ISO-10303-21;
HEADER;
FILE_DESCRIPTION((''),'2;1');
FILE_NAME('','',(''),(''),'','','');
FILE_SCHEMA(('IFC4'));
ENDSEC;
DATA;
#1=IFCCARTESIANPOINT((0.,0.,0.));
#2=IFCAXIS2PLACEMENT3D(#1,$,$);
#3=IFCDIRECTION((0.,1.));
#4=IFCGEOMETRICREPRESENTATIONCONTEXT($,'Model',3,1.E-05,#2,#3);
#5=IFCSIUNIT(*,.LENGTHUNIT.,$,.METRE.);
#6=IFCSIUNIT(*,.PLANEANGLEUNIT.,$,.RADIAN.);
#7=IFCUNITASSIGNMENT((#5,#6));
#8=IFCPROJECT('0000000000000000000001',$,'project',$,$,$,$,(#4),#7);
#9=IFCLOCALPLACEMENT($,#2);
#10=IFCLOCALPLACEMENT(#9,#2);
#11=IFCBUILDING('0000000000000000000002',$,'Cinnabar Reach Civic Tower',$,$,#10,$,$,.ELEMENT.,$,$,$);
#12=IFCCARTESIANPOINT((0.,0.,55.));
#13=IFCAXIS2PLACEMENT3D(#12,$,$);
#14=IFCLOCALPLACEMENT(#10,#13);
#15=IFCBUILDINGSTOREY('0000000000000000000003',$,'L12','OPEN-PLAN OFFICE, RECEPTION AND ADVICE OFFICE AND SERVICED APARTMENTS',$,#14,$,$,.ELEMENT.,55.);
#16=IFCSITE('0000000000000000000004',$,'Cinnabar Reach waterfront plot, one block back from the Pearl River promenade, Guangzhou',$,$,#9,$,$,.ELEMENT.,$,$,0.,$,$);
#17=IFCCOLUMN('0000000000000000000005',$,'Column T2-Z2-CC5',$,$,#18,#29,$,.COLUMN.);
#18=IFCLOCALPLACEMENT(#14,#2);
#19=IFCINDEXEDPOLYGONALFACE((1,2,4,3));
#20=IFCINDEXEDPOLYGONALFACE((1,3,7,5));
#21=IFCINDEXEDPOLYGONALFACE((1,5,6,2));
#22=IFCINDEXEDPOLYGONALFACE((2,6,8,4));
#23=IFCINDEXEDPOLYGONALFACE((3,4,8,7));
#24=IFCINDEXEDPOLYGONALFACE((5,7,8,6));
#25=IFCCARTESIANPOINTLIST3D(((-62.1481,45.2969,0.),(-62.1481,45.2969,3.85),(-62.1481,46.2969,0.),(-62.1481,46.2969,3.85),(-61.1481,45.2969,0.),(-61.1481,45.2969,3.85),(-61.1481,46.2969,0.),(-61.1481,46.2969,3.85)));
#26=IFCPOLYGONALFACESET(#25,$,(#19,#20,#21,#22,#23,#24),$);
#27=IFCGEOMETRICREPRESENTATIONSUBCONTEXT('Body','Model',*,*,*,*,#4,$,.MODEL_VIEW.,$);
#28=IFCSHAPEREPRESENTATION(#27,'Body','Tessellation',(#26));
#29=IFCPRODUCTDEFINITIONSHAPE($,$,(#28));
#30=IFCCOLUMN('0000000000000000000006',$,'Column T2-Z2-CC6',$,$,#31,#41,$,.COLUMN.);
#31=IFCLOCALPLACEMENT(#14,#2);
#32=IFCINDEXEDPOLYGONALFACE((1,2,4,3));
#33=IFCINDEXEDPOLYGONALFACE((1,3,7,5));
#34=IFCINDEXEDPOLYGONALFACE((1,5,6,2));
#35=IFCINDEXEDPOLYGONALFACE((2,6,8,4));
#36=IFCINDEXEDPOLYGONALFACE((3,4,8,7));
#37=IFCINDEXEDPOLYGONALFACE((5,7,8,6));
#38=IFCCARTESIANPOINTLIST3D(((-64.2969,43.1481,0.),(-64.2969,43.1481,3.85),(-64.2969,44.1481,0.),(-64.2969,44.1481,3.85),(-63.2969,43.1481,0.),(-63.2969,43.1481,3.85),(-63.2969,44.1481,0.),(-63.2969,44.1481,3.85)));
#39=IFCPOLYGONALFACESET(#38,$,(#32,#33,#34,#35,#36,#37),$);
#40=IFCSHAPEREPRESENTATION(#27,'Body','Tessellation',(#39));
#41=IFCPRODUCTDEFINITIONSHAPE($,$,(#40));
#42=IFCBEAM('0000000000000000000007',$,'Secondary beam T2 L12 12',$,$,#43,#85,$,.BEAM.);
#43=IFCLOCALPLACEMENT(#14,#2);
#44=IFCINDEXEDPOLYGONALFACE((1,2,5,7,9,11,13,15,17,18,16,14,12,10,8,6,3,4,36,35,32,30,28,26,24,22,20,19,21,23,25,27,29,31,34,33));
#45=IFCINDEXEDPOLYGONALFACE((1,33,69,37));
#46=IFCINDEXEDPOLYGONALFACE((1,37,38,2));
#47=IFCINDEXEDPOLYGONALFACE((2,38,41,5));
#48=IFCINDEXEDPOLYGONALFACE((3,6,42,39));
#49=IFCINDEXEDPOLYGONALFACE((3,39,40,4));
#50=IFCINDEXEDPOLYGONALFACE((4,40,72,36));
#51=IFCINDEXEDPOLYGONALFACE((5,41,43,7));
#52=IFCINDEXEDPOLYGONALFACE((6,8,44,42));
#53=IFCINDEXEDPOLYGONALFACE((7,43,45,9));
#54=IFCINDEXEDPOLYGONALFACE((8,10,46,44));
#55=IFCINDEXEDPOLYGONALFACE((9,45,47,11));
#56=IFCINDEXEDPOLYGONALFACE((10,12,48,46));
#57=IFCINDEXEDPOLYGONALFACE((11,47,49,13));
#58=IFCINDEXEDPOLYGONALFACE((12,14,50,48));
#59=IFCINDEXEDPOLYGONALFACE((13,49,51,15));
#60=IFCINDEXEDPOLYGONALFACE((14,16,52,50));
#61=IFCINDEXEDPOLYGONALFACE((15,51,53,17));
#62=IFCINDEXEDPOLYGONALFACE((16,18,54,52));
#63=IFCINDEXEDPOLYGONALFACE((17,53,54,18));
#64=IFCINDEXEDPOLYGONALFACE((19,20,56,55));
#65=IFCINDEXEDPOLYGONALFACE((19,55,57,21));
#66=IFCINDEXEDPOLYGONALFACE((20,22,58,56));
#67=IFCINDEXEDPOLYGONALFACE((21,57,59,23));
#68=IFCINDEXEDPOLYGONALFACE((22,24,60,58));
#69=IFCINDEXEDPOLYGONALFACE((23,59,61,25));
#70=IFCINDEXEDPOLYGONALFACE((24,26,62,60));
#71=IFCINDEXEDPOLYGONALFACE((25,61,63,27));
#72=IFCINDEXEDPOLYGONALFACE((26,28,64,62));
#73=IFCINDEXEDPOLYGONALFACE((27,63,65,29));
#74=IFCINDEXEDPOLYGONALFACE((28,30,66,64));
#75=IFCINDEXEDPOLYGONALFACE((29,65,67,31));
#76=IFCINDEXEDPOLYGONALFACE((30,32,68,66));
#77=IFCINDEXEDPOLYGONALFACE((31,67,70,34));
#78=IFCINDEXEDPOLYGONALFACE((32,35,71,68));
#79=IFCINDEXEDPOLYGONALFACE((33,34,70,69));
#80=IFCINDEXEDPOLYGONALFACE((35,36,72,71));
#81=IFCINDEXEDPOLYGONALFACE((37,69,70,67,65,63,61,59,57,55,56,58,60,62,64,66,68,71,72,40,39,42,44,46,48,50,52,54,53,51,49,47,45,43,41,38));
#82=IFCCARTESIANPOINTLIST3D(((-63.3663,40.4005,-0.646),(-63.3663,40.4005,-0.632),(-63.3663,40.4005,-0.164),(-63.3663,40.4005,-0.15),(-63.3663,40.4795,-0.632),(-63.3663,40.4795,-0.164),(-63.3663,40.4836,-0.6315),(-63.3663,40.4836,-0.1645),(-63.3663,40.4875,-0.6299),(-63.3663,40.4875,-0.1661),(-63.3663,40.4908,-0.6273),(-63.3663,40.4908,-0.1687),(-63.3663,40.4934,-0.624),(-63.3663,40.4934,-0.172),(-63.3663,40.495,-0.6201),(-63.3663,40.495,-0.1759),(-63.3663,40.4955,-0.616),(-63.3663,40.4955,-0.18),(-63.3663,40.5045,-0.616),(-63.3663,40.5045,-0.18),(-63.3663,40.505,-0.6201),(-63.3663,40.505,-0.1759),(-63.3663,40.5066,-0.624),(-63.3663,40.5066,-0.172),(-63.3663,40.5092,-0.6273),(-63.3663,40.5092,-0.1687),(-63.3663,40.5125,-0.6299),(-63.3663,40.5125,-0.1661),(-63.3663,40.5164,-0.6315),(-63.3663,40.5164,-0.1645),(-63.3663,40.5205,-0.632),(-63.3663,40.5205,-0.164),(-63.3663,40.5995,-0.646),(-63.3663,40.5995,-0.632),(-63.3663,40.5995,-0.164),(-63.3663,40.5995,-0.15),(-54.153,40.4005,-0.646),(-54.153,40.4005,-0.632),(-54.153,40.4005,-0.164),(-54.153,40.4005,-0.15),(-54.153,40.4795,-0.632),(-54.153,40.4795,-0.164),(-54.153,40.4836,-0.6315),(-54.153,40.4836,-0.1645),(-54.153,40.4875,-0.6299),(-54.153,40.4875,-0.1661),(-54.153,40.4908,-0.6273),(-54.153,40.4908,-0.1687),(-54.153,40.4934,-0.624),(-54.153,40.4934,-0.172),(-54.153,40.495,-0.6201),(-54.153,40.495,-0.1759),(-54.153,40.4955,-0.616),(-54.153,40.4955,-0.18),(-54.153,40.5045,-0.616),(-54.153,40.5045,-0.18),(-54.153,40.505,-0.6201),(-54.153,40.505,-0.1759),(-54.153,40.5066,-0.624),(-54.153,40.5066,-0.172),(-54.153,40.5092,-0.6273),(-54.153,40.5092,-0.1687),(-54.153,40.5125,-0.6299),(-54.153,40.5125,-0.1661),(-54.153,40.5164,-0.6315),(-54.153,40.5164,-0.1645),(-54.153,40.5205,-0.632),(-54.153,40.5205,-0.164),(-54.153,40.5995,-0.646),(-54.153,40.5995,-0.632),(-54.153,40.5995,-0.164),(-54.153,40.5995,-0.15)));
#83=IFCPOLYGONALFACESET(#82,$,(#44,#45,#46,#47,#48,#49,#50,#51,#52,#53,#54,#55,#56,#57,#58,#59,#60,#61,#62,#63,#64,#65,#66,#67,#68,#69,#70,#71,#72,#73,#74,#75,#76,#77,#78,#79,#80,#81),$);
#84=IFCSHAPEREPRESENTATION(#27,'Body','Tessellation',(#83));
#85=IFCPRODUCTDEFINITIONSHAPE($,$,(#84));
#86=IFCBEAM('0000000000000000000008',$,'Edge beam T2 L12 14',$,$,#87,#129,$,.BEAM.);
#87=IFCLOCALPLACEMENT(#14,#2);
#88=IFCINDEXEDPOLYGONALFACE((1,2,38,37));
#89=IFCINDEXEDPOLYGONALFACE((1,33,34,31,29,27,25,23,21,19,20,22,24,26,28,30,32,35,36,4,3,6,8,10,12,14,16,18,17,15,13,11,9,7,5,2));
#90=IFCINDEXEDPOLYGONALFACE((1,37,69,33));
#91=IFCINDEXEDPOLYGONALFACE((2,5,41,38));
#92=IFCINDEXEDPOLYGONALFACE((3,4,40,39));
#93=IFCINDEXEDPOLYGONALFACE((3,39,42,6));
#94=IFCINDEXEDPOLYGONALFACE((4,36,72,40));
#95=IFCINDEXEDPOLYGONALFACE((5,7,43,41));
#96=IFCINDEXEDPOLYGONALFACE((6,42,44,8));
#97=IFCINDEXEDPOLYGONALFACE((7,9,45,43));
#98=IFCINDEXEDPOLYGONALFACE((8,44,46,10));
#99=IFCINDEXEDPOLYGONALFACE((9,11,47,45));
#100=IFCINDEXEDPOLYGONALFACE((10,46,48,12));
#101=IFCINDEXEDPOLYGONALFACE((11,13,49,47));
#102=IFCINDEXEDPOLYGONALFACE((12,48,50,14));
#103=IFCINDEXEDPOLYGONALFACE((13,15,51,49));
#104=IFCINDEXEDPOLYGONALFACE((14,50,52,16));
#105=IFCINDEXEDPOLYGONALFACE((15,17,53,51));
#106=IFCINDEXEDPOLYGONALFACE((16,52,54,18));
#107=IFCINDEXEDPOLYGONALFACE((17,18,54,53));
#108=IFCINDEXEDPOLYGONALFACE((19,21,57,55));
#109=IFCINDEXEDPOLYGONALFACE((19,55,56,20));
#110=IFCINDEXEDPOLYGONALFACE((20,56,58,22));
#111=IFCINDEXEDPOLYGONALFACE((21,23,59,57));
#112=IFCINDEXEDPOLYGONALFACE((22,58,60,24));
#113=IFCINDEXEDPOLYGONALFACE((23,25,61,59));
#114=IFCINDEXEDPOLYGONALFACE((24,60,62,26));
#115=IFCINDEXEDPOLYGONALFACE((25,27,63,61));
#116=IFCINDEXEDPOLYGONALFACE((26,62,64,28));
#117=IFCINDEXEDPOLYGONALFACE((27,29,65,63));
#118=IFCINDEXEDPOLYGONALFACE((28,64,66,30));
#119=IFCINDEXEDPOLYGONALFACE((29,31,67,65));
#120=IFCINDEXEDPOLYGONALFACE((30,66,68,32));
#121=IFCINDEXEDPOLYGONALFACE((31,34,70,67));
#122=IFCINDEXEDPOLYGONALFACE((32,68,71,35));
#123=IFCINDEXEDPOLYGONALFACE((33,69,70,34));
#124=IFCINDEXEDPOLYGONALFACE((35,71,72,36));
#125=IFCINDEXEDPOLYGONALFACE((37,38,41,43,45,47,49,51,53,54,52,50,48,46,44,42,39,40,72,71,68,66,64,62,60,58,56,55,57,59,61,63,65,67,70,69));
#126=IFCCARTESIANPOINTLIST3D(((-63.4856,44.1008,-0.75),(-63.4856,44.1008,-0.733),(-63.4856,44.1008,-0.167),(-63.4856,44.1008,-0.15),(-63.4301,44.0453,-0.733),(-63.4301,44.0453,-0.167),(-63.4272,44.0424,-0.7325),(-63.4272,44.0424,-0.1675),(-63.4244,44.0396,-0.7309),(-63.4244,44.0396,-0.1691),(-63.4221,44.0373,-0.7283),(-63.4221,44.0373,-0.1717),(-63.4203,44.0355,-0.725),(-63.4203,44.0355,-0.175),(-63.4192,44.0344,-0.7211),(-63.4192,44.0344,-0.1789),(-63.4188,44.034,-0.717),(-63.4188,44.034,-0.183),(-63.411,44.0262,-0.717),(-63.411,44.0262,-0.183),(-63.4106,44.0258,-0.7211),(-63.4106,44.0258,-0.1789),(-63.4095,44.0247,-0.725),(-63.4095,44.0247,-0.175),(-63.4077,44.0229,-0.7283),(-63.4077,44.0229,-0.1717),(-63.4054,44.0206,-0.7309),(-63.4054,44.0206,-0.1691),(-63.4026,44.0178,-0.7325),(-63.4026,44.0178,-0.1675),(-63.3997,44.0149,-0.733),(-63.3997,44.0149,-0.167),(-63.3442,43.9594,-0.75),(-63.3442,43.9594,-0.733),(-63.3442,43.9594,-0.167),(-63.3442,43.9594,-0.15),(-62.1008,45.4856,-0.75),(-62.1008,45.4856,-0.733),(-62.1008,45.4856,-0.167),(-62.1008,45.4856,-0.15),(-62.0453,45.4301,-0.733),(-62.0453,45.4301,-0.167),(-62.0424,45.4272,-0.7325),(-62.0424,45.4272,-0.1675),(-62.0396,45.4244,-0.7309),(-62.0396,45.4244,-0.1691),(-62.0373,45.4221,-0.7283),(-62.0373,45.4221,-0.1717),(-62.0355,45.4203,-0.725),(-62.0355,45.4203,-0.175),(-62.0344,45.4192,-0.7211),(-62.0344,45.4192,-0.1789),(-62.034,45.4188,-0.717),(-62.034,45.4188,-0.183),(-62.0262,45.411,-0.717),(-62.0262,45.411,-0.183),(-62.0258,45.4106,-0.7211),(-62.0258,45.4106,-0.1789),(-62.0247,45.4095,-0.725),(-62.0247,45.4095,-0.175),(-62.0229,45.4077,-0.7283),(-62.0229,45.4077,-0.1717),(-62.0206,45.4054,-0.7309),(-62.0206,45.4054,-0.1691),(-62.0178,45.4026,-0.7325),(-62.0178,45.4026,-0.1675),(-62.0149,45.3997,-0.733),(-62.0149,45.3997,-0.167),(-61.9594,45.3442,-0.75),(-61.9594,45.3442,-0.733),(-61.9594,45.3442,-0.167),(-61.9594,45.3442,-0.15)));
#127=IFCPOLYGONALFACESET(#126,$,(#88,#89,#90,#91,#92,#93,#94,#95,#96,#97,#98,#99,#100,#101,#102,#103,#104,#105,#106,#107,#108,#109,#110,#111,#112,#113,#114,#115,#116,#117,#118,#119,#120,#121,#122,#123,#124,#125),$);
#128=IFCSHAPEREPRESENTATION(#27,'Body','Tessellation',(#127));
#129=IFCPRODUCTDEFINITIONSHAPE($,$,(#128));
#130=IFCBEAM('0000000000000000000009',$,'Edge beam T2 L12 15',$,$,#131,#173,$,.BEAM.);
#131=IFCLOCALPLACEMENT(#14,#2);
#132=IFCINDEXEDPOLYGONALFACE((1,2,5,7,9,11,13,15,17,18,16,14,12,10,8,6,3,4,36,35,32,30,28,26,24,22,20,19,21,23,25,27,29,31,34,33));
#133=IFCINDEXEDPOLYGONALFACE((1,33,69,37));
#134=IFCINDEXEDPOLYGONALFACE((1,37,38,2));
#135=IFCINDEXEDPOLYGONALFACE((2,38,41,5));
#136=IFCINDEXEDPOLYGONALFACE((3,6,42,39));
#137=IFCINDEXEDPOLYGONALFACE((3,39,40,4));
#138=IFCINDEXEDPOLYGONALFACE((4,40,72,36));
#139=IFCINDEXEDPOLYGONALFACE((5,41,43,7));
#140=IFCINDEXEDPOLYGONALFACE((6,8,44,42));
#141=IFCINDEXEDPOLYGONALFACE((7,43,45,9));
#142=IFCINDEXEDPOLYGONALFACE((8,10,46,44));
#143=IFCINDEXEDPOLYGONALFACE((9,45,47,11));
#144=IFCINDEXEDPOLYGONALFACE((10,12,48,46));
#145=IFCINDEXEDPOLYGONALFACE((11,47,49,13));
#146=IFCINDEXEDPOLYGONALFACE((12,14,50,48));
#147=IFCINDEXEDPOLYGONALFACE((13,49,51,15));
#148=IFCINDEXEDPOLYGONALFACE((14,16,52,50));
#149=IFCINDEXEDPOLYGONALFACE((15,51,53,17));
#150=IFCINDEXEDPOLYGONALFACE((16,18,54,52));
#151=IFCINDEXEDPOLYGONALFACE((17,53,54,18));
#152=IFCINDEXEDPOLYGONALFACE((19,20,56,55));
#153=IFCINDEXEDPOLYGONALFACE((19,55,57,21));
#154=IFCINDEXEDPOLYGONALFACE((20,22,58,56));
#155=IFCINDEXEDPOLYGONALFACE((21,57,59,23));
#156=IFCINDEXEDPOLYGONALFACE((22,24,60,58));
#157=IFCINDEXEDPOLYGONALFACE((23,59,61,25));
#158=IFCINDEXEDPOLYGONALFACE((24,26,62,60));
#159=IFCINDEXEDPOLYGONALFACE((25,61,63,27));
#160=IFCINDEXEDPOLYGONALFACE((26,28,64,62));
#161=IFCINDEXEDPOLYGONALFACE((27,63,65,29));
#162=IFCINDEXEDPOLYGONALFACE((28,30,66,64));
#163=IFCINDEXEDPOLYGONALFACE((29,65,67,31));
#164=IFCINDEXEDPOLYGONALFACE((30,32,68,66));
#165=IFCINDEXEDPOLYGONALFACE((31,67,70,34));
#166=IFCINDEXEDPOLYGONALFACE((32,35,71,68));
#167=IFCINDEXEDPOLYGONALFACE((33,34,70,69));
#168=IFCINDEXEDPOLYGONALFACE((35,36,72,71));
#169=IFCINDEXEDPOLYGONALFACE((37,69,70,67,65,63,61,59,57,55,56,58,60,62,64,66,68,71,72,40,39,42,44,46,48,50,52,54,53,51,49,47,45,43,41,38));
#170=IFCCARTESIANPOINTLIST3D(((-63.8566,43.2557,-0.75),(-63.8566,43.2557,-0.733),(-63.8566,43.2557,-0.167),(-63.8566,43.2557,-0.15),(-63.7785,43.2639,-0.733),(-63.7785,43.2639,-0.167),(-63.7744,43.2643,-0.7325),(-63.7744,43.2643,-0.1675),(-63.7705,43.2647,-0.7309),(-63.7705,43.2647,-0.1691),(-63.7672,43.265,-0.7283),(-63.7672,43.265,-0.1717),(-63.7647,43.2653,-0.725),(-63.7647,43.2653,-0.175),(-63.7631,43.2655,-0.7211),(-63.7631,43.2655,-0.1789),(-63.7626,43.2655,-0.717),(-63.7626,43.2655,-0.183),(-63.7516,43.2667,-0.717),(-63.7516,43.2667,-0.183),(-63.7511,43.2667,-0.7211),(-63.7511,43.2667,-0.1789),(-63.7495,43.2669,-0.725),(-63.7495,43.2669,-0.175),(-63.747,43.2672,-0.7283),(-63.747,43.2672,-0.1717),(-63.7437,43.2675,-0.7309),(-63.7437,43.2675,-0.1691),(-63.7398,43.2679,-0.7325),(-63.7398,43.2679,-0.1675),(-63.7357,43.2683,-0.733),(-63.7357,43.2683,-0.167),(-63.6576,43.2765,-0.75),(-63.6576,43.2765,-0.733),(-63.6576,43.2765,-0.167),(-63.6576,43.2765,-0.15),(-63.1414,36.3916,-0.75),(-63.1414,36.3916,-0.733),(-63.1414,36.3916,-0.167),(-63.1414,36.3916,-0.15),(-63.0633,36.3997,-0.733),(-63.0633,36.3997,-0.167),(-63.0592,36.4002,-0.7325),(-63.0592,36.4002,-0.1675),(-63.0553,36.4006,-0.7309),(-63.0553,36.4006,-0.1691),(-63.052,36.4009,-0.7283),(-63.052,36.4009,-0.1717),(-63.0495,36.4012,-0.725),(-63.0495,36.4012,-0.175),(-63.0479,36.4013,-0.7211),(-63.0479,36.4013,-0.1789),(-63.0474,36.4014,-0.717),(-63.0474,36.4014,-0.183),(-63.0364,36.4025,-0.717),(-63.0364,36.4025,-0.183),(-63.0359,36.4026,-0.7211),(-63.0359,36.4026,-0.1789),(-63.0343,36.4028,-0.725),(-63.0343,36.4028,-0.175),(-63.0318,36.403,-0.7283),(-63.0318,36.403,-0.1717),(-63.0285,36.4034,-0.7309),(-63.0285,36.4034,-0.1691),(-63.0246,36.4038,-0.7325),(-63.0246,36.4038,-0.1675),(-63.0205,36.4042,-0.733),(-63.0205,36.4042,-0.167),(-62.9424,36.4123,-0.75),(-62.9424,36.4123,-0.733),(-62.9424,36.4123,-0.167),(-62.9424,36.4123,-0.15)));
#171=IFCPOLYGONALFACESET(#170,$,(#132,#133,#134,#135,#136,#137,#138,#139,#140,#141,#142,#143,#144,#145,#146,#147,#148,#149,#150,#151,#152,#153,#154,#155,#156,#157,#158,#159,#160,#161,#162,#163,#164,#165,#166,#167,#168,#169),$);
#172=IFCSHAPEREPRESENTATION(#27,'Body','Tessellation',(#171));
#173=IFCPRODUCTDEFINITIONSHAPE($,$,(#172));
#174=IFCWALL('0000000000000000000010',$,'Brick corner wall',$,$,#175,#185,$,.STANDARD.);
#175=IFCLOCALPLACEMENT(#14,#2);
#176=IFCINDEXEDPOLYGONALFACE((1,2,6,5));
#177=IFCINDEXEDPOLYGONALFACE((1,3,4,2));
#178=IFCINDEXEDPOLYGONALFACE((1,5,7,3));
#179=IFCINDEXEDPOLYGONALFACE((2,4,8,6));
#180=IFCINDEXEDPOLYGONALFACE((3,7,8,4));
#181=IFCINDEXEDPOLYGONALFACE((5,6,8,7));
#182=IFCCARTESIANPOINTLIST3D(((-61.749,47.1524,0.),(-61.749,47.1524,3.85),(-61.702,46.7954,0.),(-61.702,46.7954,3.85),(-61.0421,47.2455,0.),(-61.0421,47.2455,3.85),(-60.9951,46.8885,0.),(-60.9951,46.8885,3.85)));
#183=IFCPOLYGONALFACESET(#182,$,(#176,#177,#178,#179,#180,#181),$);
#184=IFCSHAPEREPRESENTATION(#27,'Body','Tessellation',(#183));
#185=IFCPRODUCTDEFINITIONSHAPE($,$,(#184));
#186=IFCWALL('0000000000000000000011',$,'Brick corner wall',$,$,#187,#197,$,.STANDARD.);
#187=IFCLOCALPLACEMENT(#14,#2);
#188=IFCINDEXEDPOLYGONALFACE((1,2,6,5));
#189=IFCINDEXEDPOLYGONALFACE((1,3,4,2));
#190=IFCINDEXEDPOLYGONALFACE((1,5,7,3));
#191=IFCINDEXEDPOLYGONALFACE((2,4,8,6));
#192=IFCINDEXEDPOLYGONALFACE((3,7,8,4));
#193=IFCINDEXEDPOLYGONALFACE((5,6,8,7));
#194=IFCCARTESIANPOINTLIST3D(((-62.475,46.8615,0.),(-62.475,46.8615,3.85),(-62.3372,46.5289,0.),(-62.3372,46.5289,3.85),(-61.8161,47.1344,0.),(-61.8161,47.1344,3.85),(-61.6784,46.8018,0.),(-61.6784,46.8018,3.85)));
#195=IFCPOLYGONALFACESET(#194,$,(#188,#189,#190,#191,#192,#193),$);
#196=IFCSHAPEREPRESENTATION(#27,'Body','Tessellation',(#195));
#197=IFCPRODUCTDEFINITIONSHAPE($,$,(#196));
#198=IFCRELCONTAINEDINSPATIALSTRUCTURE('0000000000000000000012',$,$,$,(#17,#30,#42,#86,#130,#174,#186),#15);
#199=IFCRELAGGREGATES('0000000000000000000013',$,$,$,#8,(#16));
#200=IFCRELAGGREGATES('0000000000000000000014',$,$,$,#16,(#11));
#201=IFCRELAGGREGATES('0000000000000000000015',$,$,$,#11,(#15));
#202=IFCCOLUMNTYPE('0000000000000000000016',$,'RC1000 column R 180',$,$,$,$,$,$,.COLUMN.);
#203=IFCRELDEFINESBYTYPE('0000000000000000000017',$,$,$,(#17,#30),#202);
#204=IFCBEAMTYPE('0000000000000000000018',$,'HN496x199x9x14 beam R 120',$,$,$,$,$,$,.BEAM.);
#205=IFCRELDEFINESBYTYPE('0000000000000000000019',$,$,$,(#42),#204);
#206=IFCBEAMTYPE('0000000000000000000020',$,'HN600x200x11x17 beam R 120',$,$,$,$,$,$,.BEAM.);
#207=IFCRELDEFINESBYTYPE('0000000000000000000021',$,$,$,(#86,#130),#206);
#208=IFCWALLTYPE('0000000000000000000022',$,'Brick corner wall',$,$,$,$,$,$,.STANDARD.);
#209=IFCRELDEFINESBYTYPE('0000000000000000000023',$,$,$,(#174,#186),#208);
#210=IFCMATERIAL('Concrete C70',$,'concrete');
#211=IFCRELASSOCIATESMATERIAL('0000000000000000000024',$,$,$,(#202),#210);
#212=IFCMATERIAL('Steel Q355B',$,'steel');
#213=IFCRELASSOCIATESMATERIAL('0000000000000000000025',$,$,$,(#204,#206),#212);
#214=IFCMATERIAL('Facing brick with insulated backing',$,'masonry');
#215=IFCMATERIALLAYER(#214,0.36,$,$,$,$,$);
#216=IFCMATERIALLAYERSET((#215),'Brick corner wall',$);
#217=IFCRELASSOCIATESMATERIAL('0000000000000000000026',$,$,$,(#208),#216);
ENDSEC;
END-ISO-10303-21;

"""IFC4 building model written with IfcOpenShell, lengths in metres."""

from ifc_helpers import new_model, si_unit, direction, frame, frame_2d, origin, origin_2d, place, context, subcontext, project, spatial, rectangle, i_section, extrude, material, layer, layer_set, material_profile, profile_set, type_object, element, save


model = new_model("IFC4")

# Units and contexts
model_context = context("Model", 3, precision=1e-05, world=origin(), true_north=direction((0.0, 1.0)))
body_context = subcontext(model_context, "Body", "Model", "MODEL_VIEW")
ifc_project = project(units=[si_unit("LENGTHUNIT", "METRE"), si_unit("PLANEANGLEUNIT", "RADIAN")], contexts=[model_context])

# Site, building, storey
site_placement = place(None, origin())
site = spatial("IfcSite", under=ifc_project, at=site_placement, Name="Cinnabar Reach waterfront plot, one block back from the Pearl River promenade, Guangzhou", CompositionType="ELEMENT", RefElevation=0.0)
building_placement = place(site_placement, origin())
building = spatial("IfcBuilding", under=site, at=building_placement, Name="Cinnabar Reach Civic Tower", CompositionType="ELEMENT")
storey_placement = place(building_placement, frame((0.0, 0.0, 55.0)))
storey = spatial("IfcBuildingStorey", under=building, at=storey_placement, Name="L12", Description="OPEN-PLAN OFFICE, RECEPTION AND ADVICE OFFICE AND SERVICED APARTMENTS", CompositionType="ELEMENT", Elevation=55.0)

# Columns
ifc_material_1 = material(Name="Concrete C70", Category="concrete")
ifc_material_profile_1 = material_profile(ifc_material_1, rectangle(XDim=1.0, YDim=1.0, at=origin_2d()), Name="RC1000")
ifc_profile_set_1 = profile_set([ifc_material_profile_1], Name="Concrete C70")
column_type = type_object("IfcColumnType", Name="RC1000 column R 180", PredefinedType="COLUMN", material=ifc_profile_set_1)
for number, where, z_axis, x_axis, name in (
    (1, (-61.6481, 45.7969, 0.0), (0.0, 0.0, 1.0), (1.0, 0.0, 0.0), "Column T2-Z2-CC5"),
    (2, (-63.7969, 43.6481, 0.0), (0.0, 0.0, 1.0), (1.0, 0.0, 0.0), "Column T2-Z2-CC6"),
):
    element("IfcColumn", number, at=place(storey_placement, frame(where, z_axis=z_axis, x_axis=x_axis)), inside=storey, type_object=column_type, Name=name, PredefinedType="COLUMN", context=body_context, shape_type="SweptSolid", body=[
        extrude(rectangle(XDim=1.0, YDim=1.0, at=origin_2d()), origin(), (0.0, 0.0, 1.0), 3.85),
    ])

# Beams
ifc_material_2 = material(Name="Steel Q355B", Category="steel")
ifc_material_profile_2 = material_profile(ifc_material_2, i_section(OverallWidth=0.199, OverallDepth=0.496, WebThickness=0.009, FlangeThickness=0.014, FilletRadius=0.016, at=origin_2d()), Name="HN496x199x9x14")
ifc_profile_set_2 = profile_set([ifc_material_profile_2], Name="Steel Q355B")
beam_type_1 = type_object("IfcBeamType", Name="HN496x199x9x14 beam R 120", PredefinedType="BEAM", material=ifc_profile_set_2)
beam_1_placement = place(storey_placement, frame((-63.3663, 40.5, -0.398), z_axis=(1.0, 0.0, 0.0), x_axis=(0.0, 1.0, 0.0)))
element("IfcBeam", 3, at=beam_1_placement, inside=storey, type_object=beam_type_1, Name="Secondary beam T2 L12 12", PredefinedType="BEAM", context=body_context, shape_type="SweptSolid", body=[
    extrude(i_section(OverallWidth=0.199, OverallDepth=0.496, WebThickness=0.009, FlangeThickness=0.014, FilletRadius=0.016, at=origin_2d()), origin(), (0.0, 0.0, 1.0), 9.2133),
])
ifc_material_profile_3 = material_profile(ifc_material_2, i_section(OverallWidth=0.2, OverallDepth=0.6, WebThickness=0.011, FlangeThickness=0.017, FilletRadius=0.016, at=origin_2d()), Name="HN600x200x11x17")
ifc_profile_set_3 = profile_set([ifc_material_profile_3], Name="Steel Q355B")
beam_type_2 = type_object("IfcBeamType", Name="HN600x200x11x17 beam R 120", PredefinedType="BEAM", material=ifc_profile_set_3)
beam_2_placement = place(storey_placement, frame((-62.0301, 45.4149, -0.45), z_axis=(-0.707107, -0.707107, 0.0), x_axis=(0.707107, -0.707107, 0.0)))
element("IfcBeam", 4, at=beam_2_placement, inside=storey, type_object=beam_type_2, Name="Edge beam T2 L12 14", PredefinedType="BEAM", context=body_context, shape_type="SweptSolid", body=[
    extrude(i_section(OverallWidth=0.2, OverallDepth=0.6, WebThickness=0.011, FlangeThickness=0.017, FilletRadius=0.016, at=origin_2d()), origin(), (0.0, 0.0, 1.0), 1.9584),
])
beam_3_placement = place(storey_placement, frame((-63.7571, 43.2661, -0.45), z_axis=(0.103633, -0.994616, 0.0), x_axis=(0.994616, 0.103633, 0.0)))
element("IfcBeam", 5, at=beam_3_placement, inside=storey, type_object=beam_type_2, Name="Edge beam T2 L12 15", PredefinedType="BEAM", context=body_context, shape_type="SweptSolid", body=[
    extrude(i_section(OverallWidth=0.2, OverallDepth=0.6, WebThickness=0.011, FlangeThickness=0.017, FilletRadius=0.016, at=origin_2d()), origin(), (0.0, 0.0, 1.0), 6.9013),
])

# Walls
ifc_material_3 = material(Name="Facing brick with insulated backing", Category="masonry")
ifc_layer_1 = layer(ifc_material_3, 0.36)
ifc_layer_set_1 = layer_set([ifc_layer_1], Name="Brick corner wall")
wall_type_1 = type_object("IfcWallType", Name="Brick corner wall", PredefinedType="STANDARD", material=ifc_layer_set_1)
for number, where, z_axis, x_axis, name in (
    (6, (-61.0186, 47.067, 0.0), (0.0, 0.0, 1.0), (-0.991441, -0.130556, 0.0), "Brick corner wall"),
    (7, (-61.7473, 46.9681, 0.0), (0.0, 0.0, 1.0), (-0.923872, -0.382703, 0.0), "Brick corner wall"),
):
    element("IfcWall", number, at=place(storey_placement, frame(where, z_axis=z_axis, x_axis=x_axis)), inside=storey, type_object=wall_type_1, Name=name, PredefinedType="STANDARD", context=body_context, shape_type="SweptSolid", body=[
        extrude(rectangle(XDim=0.7131, YDim=0.36, at=frame_2d((0.3565, 0.0))), origin(), (0.0, 0.0, 1.0), 3.85),
    ])

save(model, "model.ifc")
